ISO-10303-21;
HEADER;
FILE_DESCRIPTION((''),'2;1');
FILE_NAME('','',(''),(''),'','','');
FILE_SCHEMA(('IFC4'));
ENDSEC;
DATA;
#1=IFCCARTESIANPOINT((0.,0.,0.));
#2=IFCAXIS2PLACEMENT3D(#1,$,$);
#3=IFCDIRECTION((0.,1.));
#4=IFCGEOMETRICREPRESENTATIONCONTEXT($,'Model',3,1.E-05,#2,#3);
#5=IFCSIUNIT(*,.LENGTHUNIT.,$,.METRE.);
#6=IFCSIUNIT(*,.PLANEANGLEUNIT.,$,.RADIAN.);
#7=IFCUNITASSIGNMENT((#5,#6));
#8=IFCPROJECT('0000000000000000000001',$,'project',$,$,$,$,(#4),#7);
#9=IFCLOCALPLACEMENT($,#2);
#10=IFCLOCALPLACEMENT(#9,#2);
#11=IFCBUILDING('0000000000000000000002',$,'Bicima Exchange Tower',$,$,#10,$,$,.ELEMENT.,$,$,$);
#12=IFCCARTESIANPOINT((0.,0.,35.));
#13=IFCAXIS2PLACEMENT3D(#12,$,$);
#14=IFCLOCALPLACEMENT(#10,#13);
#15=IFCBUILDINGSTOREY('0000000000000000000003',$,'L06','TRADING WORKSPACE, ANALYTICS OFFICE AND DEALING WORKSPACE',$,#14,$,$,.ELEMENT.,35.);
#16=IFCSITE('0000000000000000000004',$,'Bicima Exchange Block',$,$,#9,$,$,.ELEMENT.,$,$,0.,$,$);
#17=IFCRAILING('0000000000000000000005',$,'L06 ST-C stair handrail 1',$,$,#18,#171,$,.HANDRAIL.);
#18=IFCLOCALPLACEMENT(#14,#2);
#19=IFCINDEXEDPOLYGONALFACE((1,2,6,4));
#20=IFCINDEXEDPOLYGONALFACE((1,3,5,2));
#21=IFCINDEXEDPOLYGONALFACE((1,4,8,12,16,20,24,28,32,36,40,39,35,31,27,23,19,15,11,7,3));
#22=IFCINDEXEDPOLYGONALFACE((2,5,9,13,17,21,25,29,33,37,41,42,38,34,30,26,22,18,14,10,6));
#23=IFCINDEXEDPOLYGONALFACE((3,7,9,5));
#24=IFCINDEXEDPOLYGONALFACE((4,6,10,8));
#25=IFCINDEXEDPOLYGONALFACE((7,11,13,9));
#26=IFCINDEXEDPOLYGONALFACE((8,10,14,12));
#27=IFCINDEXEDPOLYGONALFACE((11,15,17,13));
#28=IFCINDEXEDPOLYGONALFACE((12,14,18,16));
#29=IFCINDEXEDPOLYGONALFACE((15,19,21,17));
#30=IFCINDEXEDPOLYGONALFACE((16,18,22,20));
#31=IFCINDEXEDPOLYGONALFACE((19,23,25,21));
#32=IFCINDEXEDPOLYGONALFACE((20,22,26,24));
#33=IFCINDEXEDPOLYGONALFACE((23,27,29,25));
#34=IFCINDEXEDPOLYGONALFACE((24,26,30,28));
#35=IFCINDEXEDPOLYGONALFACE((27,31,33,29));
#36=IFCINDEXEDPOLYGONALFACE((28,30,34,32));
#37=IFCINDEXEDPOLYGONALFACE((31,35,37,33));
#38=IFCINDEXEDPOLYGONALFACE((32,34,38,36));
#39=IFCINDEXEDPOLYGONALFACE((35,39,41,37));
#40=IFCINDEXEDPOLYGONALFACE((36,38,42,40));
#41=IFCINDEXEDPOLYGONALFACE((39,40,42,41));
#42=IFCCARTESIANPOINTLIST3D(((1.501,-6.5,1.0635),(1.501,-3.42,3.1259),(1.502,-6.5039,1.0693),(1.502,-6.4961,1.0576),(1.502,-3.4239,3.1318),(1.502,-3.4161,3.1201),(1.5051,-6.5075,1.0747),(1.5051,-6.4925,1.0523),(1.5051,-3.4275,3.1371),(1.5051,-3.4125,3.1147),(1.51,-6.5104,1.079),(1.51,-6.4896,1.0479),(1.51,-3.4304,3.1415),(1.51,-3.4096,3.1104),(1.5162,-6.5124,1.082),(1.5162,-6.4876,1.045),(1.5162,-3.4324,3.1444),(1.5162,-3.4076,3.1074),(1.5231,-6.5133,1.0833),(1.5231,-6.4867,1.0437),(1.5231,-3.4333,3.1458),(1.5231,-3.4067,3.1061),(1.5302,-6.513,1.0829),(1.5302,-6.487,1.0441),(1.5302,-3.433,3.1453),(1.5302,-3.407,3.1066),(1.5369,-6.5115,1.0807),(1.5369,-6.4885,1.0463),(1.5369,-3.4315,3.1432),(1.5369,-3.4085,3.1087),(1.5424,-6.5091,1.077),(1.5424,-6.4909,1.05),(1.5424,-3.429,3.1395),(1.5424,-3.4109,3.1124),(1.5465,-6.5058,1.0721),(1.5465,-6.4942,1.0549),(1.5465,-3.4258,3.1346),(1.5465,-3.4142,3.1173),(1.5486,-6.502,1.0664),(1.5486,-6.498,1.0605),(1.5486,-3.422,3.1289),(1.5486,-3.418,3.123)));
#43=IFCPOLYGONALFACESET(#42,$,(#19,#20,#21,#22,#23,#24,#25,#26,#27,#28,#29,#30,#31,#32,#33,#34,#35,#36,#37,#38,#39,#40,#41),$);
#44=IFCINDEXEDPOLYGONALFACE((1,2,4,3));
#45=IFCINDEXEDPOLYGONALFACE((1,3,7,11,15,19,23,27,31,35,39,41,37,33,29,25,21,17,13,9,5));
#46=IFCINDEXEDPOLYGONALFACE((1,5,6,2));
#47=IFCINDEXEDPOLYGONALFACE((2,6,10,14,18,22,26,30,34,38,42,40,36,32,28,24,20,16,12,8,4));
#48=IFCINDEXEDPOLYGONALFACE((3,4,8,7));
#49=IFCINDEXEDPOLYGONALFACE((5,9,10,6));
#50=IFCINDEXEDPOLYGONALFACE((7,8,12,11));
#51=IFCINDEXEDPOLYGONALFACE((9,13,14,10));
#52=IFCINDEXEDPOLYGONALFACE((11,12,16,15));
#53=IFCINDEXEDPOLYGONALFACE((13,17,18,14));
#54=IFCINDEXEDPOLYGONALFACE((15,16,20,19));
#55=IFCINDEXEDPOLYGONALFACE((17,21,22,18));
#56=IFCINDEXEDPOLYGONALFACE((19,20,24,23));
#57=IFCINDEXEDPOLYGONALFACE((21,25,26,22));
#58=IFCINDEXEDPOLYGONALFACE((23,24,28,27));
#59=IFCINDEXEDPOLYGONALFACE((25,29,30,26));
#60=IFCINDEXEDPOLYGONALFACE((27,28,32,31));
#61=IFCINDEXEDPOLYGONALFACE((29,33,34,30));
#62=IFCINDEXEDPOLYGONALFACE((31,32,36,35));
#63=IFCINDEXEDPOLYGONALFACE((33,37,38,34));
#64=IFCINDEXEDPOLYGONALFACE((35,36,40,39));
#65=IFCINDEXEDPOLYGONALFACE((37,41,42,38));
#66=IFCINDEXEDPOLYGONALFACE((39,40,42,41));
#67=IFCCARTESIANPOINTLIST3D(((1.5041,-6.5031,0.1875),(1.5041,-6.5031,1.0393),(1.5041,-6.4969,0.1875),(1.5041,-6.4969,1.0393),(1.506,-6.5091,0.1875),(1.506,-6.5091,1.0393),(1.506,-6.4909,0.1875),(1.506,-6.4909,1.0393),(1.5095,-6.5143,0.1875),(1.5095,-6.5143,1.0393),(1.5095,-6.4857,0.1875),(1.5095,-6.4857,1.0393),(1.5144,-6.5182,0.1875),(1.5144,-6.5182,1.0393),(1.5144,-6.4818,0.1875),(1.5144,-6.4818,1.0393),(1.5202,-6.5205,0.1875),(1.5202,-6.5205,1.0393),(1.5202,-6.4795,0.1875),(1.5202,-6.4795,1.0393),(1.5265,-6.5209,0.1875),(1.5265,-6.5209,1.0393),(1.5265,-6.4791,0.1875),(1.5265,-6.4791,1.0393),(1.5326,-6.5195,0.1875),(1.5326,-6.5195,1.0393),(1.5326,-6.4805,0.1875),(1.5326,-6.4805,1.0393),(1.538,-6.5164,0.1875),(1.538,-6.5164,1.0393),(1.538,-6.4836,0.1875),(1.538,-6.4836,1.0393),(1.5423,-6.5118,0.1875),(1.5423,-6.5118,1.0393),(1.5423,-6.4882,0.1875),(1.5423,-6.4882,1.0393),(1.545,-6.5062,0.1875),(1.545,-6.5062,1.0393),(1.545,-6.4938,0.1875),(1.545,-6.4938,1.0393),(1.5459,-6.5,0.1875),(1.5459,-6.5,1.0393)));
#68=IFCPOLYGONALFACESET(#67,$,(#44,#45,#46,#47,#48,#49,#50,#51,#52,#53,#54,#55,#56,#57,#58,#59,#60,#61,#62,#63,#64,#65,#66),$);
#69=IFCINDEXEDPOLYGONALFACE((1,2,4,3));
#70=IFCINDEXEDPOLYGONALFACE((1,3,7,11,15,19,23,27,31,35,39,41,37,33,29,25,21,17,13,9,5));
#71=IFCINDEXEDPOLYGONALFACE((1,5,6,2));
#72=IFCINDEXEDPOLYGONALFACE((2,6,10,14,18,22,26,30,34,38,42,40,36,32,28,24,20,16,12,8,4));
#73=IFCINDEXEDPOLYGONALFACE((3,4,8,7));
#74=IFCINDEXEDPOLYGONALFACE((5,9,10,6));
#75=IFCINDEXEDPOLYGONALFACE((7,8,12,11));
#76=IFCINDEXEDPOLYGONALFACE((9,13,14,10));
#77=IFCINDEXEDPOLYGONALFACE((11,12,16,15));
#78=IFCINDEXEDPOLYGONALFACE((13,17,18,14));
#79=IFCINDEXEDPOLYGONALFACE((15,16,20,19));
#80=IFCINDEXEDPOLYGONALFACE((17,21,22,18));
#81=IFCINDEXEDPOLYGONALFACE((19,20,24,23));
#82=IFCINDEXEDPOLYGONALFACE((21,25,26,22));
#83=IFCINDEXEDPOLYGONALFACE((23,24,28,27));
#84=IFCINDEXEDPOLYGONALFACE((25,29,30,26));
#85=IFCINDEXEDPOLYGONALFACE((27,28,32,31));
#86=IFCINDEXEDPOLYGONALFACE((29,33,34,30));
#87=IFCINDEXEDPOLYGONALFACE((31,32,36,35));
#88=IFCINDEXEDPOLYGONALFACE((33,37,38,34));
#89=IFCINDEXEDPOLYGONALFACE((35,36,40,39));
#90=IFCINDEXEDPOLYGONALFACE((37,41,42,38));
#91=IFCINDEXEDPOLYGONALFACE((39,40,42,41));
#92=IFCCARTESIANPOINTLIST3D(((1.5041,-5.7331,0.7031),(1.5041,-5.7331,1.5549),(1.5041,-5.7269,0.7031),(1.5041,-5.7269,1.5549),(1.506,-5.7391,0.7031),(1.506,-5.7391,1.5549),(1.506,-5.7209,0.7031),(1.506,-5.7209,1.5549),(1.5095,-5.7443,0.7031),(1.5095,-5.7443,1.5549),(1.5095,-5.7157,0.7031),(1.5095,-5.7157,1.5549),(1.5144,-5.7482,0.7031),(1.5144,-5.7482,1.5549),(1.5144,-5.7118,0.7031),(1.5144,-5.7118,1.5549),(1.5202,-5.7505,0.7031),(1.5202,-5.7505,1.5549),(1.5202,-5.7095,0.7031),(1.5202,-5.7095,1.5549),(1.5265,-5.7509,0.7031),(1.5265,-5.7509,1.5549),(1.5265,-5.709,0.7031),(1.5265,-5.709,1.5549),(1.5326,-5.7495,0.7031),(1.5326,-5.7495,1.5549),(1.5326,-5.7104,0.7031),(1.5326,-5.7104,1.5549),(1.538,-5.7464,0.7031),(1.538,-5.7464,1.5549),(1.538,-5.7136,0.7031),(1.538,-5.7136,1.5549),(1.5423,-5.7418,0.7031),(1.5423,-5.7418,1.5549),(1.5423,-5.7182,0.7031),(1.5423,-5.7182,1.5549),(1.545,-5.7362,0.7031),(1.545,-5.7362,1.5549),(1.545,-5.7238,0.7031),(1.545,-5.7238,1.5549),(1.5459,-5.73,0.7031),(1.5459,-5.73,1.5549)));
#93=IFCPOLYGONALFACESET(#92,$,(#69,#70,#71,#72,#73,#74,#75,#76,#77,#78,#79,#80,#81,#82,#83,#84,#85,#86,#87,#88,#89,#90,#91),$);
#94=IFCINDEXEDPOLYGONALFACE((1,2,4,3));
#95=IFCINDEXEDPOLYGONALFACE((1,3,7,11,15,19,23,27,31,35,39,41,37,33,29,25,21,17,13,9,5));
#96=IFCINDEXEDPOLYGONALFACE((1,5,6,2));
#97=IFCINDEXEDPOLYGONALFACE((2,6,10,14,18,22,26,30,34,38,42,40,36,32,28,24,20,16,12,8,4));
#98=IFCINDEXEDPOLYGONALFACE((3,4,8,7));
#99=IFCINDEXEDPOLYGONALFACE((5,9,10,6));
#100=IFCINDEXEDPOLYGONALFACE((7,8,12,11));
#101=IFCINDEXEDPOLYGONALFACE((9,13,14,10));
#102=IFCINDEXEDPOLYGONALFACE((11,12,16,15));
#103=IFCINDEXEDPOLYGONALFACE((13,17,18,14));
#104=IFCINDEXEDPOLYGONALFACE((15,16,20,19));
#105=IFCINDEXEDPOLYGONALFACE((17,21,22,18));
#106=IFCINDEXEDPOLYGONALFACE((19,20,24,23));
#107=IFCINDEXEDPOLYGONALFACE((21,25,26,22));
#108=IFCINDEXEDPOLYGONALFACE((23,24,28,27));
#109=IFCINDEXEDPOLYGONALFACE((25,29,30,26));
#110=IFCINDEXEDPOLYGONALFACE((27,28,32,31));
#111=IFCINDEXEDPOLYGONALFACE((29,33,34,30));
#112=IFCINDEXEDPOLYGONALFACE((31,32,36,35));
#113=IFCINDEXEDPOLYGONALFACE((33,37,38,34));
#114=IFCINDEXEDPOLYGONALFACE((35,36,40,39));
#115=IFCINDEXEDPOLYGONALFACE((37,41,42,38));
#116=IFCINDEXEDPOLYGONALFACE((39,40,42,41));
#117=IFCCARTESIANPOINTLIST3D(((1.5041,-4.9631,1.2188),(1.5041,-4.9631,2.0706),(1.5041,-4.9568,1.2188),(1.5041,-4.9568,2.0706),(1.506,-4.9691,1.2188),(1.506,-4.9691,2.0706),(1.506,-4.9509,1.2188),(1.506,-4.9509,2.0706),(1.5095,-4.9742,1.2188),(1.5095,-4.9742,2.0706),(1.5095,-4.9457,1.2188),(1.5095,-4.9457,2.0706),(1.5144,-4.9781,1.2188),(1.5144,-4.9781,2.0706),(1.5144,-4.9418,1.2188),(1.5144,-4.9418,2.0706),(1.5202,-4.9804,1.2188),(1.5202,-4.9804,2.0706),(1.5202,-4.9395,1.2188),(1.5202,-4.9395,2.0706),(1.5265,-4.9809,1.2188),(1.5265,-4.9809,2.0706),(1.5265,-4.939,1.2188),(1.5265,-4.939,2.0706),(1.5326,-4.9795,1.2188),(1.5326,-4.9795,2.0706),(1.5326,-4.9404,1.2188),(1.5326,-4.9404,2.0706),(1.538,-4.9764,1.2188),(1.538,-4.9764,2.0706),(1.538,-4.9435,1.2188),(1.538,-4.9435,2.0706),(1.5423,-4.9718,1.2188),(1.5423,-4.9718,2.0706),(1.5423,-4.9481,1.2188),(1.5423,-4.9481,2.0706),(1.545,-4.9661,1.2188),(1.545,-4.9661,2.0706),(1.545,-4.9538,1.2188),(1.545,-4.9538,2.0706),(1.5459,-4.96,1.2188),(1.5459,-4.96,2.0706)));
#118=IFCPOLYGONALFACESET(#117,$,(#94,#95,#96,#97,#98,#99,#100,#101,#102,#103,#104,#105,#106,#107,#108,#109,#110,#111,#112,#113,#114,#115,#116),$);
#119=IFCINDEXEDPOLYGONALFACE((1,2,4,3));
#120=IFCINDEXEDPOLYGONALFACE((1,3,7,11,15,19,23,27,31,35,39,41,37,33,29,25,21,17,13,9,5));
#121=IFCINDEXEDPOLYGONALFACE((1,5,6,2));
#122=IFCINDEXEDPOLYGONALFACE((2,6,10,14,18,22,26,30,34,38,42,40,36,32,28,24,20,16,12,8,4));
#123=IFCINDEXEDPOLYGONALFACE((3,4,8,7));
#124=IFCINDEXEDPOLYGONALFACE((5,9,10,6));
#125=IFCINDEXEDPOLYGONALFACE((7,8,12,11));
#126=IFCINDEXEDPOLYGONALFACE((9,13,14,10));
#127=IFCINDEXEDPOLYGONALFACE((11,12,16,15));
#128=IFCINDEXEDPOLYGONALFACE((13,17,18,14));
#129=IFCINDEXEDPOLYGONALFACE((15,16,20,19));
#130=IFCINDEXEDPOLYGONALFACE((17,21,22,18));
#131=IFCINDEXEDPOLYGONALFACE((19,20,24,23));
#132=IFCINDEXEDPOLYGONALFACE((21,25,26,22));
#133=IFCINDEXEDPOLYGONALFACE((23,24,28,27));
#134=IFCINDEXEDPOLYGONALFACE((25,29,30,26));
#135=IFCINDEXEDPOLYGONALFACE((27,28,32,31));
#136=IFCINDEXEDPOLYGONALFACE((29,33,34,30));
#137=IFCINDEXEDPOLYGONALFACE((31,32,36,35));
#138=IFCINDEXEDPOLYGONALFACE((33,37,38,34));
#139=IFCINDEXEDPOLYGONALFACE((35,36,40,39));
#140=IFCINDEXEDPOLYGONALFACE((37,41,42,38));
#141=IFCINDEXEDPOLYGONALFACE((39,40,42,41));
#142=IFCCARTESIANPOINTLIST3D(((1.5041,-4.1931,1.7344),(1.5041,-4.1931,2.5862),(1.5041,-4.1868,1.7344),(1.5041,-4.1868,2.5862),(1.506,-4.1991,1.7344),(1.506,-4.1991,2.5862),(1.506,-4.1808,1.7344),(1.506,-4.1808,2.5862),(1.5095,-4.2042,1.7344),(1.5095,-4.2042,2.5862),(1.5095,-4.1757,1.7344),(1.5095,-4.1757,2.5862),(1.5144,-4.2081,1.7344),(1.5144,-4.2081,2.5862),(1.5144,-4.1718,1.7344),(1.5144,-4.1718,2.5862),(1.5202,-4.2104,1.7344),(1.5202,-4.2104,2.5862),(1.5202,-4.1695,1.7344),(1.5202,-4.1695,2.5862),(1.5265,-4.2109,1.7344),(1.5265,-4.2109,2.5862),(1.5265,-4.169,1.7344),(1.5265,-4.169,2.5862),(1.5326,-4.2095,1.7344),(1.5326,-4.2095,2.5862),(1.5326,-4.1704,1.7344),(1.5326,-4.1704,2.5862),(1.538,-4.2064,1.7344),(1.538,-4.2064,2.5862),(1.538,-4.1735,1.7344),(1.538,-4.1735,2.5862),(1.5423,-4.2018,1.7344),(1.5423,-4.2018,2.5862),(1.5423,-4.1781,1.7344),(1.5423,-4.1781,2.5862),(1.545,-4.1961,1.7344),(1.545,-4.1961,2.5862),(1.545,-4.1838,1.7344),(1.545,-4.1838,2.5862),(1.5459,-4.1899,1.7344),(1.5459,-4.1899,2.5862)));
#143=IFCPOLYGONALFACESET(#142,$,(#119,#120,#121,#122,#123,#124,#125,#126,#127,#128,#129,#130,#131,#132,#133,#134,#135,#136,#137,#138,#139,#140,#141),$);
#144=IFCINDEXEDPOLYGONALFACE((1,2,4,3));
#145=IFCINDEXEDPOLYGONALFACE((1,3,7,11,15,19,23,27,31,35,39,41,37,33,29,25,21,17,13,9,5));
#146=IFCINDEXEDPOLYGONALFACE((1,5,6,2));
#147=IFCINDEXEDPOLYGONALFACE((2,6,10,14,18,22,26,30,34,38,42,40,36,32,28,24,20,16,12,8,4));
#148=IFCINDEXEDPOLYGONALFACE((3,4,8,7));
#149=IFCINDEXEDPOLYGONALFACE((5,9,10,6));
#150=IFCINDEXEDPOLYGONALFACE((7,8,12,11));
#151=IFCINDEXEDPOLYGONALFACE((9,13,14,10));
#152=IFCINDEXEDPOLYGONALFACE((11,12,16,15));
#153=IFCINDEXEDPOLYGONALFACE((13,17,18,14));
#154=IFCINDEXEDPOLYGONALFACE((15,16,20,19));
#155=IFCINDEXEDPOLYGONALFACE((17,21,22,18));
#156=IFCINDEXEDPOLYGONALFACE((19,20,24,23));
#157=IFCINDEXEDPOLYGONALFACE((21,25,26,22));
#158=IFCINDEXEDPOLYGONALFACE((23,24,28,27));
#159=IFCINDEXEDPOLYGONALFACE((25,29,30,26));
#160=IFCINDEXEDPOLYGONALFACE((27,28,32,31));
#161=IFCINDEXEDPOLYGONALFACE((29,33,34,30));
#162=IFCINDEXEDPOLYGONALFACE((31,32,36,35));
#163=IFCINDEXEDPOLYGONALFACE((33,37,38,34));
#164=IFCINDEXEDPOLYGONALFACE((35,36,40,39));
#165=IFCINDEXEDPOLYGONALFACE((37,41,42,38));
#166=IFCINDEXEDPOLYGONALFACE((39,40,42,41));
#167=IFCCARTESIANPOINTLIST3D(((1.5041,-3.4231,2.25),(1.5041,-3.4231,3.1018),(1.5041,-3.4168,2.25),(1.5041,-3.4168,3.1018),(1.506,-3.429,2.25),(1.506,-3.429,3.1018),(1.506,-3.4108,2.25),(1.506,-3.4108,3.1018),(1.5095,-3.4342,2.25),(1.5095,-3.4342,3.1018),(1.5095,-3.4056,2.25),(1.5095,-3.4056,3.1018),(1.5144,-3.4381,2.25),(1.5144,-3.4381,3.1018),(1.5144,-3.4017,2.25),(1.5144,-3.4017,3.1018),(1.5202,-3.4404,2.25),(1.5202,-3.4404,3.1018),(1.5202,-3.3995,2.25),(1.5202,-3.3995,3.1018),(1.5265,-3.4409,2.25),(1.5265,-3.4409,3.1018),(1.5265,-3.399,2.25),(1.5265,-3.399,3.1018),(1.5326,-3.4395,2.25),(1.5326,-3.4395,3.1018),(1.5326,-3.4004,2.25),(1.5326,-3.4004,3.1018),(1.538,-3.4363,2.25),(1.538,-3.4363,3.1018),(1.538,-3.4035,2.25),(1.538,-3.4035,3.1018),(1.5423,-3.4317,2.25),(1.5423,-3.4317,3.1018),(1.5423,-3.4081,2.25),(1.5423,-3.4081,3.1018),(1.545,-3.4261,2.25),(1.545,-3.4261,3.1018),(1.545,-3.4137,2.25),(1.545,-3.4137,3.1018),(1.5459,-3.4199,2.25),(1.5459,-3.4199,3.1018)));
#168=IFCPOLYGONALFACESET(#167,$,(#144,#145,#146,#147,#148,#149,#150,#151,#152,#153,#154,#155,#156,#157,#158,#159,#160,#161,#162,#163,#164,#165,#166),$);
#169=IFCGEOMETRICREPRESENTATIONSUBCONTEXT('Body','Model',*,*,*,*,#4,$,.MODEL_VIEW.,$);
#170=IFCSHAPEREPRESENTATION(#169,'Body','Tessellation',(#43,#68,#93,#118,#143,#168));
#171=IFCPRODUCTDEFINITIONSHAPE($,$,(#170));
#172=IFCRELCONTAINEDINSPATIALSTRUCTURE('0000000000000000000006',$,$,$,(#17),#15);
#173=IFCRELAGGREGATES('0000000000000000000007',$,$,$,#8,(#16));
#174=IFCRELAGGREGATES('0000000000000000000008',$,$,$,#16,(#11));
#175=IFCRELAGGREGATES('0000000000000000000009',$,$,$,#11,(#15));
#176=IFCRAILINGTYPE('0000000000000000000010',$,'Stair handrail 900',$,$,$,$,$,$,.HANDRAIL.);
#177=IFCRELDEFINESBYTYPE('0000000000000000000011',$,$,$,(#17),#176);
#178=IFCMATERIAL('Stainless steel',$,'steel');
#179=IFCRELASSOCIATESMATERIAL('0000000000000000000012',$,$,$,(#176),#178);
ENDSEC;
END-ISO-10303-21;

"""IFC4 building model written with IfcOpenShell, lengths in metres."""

from ifc_helpers import new_model, si_unit, direction, frame, origin, origin_2d, place, context, subcontext, project, spatial, circle, extrude, material, type_object, element, save


model = new_model("IFC4")

# Units and contexts
model_context = context("Model", 3, precision=1e-05, world=origin(), true_north=direction((0.0, 1.0)))
body_context = subcontext(model_context, "Body", "Model", "MODEL_VIEW")
ifc_project = project(units=[si_unit("LENGTHUNIT", "METRE"), si_unit("PLANEANGLEUNIT", "RADIAN")], contexts=[model_context])

# Site, building, storey
site_placement = place(None, origin())
site = spatial("IfcSite", under=ifc_project, at=site_placement, Name="Bicima Exchange Block", CompositionType="ELEMENT", RefElevation=0.0)
building_placement = place(site_placement, origin())
building = spatial("IfcBuilding", under=site, at=building_placement, Name="Bicima Exchange Tower", CompositionType="ELEMENT")
storey_placement = place(building_placement, frame((0.0, 0.0, 35.0)))
storey = spatial("IfcBuildingStorey", under=building, at=storey_placement, Name="L06", Description="TRADING WORKSPACE, ANALYTICS OFFICE AND DEALING WORKSPACE", CompositionType="ELEMENT", Elevation=35.0)

# Shared definitions
ifc_material_1 = material(Name="Stainless steel", Category="steel")

# Railing
railing_type_1 = type_object("IfcRailingType", Name="Stair handrail 900", PredefinedType="HANDRAIL", material=ifc_material_1)
railing_1_placement = place(storey_placement, frame((1.5249, -6.5, 0.1875)))
element("IfcRailing", 1, at=railing_1_placement, inside=storey, type_object=railing_type_1, Name="L06 ST-C stair handrail 1", PredefinedType="HANDRAIL", context=body_context, shape_type="SweptSolid", body=[
    extrude(circle(Radius=0.0239, at=origin_2d()), frame((0.0, 0.0, 0.876), z_axis=(0.0, 0.830914, 0.556401), x_axis=(-1.0, 0.0, 0.0)), (0.0, 0.0, 1.0), 3.7068),
    extrude(circle(Radius=0.021, at=origin_2d()), origin(), (0.0, 0.0, 1.0), 0.8518),
    extrude(circle(Radius=0.021, at=origin_2d()), frame((0.0, 0.77, 0.5156)), (0.0, 0.0, 1.0), 0.8518),
    extrude(circle(Radius=0.021, at=origin_2d()), frame((0.0, 1.54, 1.0312)), (0.0, 0.0, 1.0), 0.8518),
    extrude(circle(Radius=0.021, at=origin_2d()), frame((0.0, 2.3101, 1.5469)), (0.0, 0.0, 1.0), 0.8518),
    extrude(circle(Radius=0.021, at=origin_2d()), frame((0.0, 3.0801, 2.0625)), (0.0, 0.0, 1.0), 0.8518),
])

save(model, "model.ifc")
